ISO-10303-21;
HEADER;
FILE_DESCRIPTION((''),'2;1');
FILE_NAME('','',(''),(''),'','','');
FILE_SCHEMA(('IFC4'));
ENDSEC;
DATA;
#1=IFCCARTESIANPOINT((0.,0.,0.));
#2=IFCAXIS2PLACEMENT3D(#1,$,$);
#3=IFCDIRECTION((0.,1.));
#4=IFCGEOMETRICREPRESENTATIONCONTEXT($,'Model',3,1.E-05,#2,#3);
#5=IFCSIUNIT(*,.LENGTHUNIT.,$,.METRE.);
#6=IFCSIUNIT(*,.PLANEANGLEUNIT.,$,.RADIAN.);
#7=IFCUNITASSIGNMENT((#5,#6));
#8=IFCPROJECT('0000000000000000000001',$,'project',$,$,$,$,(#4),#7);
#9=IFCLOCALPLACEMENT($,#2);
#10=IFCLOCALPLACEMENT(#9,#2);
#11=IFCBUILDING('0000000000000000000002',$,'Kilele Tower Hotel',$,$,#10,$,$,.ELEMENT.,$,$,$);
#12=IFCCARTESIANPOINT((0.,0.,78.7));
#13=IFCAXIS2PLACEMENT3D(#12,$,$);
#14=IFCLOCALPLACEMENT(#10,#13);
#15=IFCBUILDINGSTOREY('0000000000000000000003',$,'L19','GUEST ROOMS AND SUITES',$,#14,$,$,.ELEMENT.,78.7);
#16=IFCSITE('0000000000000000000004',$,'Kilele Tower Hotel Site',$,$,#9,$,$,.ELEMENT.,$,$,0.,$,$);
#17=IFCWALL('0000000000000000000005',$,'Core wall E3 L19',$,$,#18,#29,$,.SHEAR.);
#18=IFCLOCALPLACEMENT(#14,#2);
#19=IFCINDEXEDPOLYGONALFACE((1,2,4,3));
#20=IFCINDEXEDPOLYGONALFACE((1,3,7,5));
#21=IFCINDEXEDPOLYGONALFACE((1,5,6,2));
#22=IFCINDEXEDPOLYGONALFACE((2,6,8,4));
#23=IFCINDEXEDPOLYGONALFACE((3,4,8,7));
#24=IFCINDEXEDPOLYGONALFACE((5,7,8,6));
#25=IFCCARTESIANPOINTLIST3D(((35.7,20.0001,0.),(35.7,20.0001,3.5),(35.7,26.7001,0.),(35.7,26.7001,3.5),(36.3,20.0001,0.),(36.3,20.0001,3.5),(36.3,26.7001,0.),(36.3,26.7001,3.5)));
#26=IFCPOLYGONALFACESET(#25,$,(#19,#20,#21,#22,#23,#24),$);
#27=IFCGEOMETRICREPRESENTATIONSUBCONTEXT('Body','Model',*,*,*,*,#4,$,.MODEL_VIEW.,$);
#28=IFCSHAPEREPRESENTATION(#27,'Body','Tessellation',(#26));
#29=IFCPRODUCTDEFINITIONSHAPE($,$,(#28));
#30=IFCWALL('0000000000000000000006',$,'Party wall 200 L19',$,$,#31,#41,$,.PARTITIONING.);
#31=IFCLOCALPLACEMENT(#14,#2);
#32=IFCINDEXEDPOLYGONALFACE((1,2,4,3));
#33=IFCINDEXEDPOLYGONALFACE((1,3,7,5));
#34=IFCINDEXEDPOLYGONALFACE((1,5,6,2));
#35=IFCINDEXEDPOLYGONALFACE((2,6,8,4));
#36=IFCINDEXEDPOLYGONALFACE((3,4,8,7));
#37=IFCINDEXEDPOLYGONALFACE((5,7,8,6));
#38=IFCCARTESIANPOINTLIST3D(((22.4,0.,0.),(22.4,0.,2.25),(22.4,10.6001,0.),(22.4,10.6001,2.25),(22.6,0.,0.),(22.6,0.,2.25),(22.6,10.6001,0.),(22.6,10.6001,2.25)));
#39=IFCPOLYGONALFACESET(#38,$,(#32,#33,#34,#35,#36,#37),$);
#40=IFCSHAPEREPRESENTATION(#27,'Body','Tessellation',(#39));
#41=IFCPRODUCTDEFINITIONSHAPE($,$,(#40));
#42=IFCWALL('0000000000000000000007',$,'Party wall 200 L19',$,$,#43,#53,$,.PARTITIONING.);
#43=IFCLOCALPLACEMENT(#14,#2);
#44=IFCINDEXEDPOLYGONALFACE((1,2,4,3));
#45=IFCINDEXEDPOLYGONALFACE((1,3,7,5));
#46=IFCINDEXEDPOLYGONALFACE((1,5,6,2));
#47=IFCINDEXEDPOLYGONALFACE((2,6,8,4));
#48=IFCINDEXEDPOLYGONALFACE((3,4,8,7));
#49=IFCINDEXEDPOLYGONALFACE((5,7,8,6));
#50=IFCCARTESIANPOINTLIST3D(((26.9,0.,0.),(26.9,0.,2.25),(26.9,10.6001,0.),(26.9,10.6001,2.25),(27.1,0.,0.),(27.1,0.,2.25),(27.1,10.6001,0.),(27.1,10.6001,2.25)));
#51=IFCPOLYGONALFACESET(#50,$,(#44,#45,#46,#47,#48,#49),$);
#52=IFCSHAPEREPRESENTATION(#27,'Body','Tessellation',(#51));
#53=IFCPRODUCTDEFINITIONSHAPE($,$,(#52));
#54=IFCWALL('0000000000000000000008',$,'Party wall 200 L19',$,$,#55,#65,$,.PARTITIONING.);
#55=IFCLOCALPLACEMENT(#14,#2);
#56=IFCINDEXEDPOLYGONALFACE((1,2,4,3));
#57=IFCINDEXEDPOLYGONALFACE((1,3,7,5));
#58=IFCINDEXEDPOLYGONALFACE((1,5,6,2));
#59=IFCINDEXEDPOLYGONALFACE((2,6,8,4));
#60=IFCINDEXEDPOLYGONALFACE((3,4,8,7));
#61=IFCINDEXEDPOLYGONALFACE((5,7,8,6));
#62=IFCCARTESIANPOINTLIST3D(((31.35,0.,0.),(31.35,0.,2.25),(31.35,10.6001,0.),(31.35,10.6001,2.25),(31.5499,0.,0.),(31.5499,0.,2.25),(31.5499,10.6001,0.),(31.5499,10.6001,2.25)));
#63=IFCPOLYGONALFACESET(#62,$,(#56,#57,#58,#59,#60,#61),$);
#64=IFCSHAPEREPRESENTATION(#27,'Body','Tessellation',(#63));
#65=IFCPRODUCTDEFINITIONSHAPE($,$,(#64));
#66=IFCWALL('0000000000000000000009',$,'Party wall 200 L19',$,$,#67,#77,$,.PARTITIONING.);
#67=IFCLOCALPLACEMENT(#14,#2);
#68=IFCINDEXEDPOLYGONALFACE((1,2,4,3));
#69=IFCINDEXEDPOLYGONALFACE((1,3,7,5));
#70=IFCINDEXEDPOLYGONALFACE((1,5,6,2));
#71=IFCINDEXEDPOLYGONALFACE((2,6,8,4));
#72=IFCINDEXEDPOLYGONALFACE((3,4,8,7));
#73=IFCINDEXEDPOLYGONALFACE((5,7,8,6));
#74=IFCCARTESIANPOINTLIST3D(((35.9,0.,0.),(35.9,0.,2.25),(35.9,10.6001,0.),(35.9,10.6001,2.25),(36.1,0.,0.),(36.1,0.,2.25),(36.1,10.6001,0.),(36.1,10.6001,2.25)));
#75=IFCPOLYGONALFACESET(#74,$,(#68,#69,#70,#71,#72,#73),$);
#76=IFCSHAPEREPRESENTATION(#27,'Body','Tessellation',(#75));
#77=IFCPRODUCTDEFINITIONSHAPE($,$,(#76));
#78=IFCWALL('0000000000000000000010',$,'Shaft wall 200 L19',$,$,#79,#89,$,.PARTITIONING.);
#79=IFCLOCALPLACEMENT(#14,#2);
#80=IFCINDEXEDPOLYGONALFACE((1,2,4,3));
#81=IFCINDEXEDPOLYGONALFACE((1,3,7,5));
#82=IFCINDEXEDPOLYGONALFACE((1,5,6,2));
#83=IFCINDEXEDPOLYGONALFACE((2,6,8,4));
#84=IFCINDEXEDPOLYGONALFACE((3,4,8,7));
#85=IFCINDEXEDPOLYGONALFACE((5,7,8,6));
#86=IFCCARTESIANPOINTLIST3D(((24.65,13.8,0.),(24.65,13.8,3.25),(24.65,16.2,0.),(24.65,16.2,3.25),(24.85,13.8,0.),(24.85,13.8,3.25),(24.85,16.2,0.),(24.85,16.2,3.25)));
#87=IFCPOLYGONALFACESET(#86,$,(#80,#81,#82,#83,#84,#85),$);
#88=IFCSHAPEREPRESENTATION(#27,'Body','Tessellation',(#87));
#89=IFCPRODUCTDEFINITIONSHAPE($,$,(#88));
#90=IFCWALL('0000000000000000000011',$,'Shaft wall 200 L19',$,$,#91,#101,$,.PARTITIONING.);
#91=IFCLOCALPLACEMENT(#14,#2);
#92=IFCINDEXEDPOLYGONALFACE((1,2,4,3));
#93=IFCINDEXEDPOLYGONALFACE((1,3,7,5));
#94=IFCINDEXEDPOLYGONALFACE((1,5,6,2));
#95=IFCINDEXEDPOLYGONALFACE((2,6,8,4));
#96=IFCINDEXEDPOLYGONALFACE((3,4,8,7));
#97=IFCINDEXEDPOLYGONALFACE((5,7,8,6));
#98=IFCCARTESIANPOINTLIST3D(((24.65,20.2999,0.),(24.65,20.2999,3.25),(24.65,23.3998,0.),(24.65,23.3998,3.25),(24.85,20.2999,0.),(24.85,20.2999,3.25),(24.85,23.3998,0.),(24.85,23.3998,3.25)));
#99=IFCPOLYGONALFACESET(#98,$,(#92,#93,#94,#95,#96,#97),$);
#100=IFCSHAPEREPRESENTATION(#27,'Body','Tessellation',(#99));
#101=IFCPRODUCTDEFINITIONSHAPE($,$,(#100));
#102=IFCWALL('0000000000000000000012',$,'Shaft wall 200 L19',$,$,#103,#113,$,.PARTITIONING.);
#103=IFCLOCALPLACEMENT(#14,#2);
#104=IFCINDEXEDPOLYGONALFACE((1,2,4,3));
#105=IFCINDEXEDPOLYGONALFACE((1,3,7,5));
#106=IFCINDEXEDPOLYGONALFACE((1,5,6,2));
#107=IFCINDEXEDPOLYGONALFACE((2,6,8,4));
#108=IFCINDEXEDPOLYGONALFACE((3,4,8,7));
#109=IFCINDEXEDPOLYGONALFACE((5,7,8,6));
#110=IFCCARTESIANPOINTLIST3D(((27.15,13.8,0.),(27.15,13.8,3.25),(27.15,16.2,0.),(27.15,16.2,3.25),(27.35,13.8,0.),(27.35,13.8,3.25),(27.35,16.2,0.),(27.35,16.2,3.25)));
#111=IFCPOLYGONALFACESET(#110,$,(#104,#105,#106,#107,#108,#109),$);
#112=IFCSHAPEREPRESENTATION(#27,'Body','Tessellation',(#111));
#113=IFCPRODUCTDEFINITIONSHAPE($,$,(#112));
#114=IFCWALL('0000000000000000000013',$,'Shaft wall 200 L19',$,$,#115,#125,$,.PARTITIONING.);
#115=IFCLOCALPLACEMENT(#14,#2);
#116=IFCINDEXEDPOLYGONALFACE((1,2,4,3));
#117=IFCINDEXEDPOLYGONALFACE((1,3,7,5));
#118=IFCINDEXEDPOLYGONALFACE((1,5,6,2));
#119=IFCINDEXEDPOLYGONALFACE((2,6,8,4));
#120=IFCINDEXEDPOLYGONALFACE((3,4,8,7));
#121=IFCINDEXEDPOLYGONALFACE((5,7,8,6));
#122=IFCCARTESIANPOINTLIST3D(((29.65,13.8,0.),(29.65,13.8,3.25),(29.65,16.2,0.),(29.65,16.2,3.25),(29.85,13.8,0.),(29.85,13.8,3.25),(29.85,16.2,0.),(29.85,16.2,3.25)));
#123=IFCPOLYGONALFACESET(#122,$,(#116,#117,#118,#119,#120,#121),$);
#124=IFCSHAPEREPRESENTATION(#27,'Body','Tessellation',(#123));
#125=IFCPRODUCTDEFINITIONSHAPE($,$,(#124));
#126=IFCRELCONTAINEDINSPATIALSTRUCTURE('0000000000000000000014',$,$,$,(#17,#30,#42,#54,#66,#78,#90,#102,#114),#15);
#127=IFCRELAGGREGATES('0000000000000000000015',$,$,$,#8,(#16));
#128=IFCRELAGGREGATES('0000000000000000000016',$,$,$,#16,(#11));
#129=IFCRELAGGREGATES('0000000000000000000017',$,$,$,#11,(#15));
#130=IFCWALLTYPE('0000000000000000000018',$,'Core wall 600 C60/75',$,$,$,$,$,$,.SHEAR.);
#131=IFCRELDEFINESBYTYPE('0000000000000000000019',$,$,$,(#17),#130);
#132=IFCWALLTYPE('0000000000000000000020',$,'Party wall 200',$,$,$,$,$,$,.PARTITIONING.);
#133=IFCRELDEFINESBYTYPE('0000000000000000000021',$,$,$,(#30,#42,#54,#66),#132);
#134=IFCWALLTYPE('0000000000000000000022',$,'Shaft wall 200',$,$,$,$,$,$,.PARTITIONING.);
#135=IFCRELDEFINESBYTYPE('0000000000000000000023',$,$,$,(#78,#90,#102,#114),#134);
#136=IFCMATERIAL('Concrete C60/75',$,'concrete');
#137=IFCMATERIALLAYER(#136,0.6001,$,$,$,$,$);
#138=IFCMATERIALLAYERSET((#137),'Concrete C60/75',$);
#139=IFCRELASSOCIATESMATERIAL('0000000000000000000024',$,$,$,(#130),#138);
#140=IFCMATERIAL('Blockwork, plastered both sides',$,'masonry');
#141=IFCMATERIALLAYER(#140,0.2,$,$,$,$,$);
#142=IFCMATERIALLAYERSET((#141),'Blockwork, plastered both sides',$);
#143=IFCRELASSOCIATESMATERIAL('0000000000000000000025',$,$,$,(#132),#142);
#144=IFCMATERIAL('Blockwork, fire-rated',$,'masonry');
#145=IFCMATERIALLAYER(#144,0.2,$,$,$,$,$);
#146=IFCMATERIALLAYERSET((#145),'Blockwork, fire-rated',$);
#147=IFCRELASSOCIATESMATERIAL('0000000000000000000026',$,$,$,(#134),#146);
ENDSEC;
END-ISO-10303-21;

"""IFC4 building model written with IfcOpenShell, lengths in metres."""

from ifc_helpers import new_model, si_unit, direction, frame, frame_2d, origin, place, context, subcontext, project, spatial, rectangle, extrude, material, layer, layer_set, type_object, element, save


model = new_model("IFC4")

# Units and contexts
model_context = context("Model", 3, precision=1e-05, world=origin(), true_north=direction((0.0, 1.0)))
body_context = subcontext(model_context, "Body", "Model", "MODEL_VIEW")
ifc_project = project(units=[si_unit("LENGTHUNIT", "METRE"), si_unit("PLANEANGLEUNIT", "RADIAN")], contexts=[model_context])

# Site, building, storey
site_placement = place(None, origin())
site = spatial("IfcSite", under=ifc_project, at=site_placement, Name="Kilele Tower Hotel Site", CompositionType="ELEMENT", RefElevation=0.0)
building_placement = place(site_placement, origin())
building = spatial("IfcBuilding", under=site, at=building_placement, Name="Kilele Tower Hotel", CompositionType="ELEMENT")
storey_placement = place(building_placement, frame((0.0, 0.0, 78.7)))
storey = spatial("IfcBuildingStorey", under=building, at=storey_placement, Name="L19", Description="GUEST ROOMS AND SUITES", CompositionType="ELEMENT", Elevation=78.7)

# Shared definitions
ifc_material_1 = material(Name="Concrete C60/75", Category="concrete")
ifc_layer_1 = layer(ifc_material_1, 0.6001)
ifc_layer_set_1 = layer_set([ifc_layer_1], Name="Concrete C60/75")
wall_type_1 = type_object("IfcWallType", Name="Core wall 600 C60/75", PredefinedType="SHEAR", material=ifc_layer_set_1)

# Walls
wall_1_placement = place(storey_placement, frame((36.0, 20.0, 0.0), z_axis=(0.0, 0.0, 1.0), x_axis=(0.0, 1.0, 0.0)))
element("IfcWall", 1, at=wall_1_placement, inside=storey, type_object=wall_type_1, Name="Core wall E3 L19", PredefinedType="SHEAR", context=body_context, shape_type="SweptSolid", body=[
    extrude(rectangle(XDim=6.7, YDim=0.6001, at=frame_2d((3.3501, 0.0))), origin(), (0.0, 0.0, 1.0), 3.5),
])
ifc_material_2 = material(Name="Blockwork, plastered both sides", Category="masonry")
ifc_layer_2 = layer(ifc_material_2, 0.2)
ifc_layer_set_2 = layer_set([ifc_layer_2], Name="Blockwork, plastered both sides")
wall_type_2 = type_object("IfcWallType", Name="Party wall 200", PredefinedType="PARTITIONING", material=ifc_layer_set_2)
for number, where, z_axis, x_axis, name in (
    (2, (22.5, 10.6001, 0.0), (0.0, 0.0, 1.0), (0.0, -1.0, 0.0), "Party wall 200 L19"),
    (3, (27.0, 10.6001, 0.0), (0.0, 0.0, 1.0), (0.0, -1.0, 0.0), "Party wall 200 L19"),
    (4, (31.45, 10.6001, 0.0), (0.0, 0.0, 1.0), (0.0, -1.0, 0.0), "Party wall 200 L19"),
    (5, (36.0, 10.6001, 0.0), (0.0, 0.0, 1.0), (0.0, -1.0, 0.0), "Party wall 200 L19"),
):
    element("IfcWall", number, at=place(storey_placement, frame(where, z_axis=z_axis, x_axis=x_axis)), inside=storey, type_object=wall_type_2, Name=name, PredefinedType="PARTITIONING", context=body_context, shape_type="SweptSolid", body=[
        extrude(rectangle(XDim=10.6001, YDim=0.2, at=frame_2d((5.3, 0.0))), origin(), (0.0, 0.0, 1.0), 2.25),
    ])
ifc_material_3 = material(Name="Blockwork, fire-rated", Category="masonry")
ifc_layer_3 = layer(ifc_material_3, 0.2)
ifc_layer_set_3 = layer_set([ifc_layer_3], Name="Blockwork, fire-rated")
wall_type_3 = type_object("IfcWallType", Name="Shaft wall 200", PredefinedType="PARTITIONING", material=ifc_layer_set_3)
wall_2_placement = place(storey_placement, frame((24.75, 13.8, 0.0), z_axis=(0.0, 0.0, 1.0), x_axis=(0.0, 1.0, 0.0)))
element("IfcWall", 6, at=wall_2_placement, inside=storey, type_object=wall_type_3, Name="Shaft wall 200 L19", PredefinedType="PARTITIONING", context=body_context, shape_type="SweptSolid", body=[
    extrude(rectangle(XDim=2.3999, YDim=0.2, at=frame_2d((1.2, 0.0))), origin(), (0.0, 0.0, 1.0), 3.25),
])
wall_3_placement = place(storey_placement, frame((24.75, 20.3, 0.0), z_axis=(0.0, 0.0, 1.0), x_axis=(0.0, 1.0, 0.0)))
element("IfcWall", 7, at=wall_3_placement, inside=storey, type_object=wall_type_3, Name="Shaft wall 200 L19", PredefinedType="PARTITIONING", context=body_context, shape_type="SweptSolid", body=[
    extrude(rectangle(XDim=3.0999, YDim=0.2, at=frame_2d((1.5498, 0.0))), origin(), (0.0, 0.0, 1.0), 3.25),
])
for number, where, z_axis, x_axis, name in (
    (8, (27.25, 13.8, 0.0), (0.0, 0.0, 1.0), (0.0, 1.0, 0.0), "Shaft wall 200 L19"),
    (9, (29.75, 13.8, 0.0), (0.0, 0.0, 1.0), (0.0, 1.0, 0.0), "Shaft wall 200 L19"),
):
    element("IfcWall", number, at=place(storey_placement, frame(where, z_axis=z_axis, x_axis=x_axis)), inside=storey, type_object=wall_type_3, Name=name, PredefinedType="PARTITIONING", context=body_context, shape_type="SweptSolid", body=[
        extrude(rectangle(XDim=2.3999, YDim=0.2, at=frame_2d((1.2, 0.0))), origin(), (0.0, 0.0, 1.0), 3.25),
    ])

save(model, "model.ifc")
